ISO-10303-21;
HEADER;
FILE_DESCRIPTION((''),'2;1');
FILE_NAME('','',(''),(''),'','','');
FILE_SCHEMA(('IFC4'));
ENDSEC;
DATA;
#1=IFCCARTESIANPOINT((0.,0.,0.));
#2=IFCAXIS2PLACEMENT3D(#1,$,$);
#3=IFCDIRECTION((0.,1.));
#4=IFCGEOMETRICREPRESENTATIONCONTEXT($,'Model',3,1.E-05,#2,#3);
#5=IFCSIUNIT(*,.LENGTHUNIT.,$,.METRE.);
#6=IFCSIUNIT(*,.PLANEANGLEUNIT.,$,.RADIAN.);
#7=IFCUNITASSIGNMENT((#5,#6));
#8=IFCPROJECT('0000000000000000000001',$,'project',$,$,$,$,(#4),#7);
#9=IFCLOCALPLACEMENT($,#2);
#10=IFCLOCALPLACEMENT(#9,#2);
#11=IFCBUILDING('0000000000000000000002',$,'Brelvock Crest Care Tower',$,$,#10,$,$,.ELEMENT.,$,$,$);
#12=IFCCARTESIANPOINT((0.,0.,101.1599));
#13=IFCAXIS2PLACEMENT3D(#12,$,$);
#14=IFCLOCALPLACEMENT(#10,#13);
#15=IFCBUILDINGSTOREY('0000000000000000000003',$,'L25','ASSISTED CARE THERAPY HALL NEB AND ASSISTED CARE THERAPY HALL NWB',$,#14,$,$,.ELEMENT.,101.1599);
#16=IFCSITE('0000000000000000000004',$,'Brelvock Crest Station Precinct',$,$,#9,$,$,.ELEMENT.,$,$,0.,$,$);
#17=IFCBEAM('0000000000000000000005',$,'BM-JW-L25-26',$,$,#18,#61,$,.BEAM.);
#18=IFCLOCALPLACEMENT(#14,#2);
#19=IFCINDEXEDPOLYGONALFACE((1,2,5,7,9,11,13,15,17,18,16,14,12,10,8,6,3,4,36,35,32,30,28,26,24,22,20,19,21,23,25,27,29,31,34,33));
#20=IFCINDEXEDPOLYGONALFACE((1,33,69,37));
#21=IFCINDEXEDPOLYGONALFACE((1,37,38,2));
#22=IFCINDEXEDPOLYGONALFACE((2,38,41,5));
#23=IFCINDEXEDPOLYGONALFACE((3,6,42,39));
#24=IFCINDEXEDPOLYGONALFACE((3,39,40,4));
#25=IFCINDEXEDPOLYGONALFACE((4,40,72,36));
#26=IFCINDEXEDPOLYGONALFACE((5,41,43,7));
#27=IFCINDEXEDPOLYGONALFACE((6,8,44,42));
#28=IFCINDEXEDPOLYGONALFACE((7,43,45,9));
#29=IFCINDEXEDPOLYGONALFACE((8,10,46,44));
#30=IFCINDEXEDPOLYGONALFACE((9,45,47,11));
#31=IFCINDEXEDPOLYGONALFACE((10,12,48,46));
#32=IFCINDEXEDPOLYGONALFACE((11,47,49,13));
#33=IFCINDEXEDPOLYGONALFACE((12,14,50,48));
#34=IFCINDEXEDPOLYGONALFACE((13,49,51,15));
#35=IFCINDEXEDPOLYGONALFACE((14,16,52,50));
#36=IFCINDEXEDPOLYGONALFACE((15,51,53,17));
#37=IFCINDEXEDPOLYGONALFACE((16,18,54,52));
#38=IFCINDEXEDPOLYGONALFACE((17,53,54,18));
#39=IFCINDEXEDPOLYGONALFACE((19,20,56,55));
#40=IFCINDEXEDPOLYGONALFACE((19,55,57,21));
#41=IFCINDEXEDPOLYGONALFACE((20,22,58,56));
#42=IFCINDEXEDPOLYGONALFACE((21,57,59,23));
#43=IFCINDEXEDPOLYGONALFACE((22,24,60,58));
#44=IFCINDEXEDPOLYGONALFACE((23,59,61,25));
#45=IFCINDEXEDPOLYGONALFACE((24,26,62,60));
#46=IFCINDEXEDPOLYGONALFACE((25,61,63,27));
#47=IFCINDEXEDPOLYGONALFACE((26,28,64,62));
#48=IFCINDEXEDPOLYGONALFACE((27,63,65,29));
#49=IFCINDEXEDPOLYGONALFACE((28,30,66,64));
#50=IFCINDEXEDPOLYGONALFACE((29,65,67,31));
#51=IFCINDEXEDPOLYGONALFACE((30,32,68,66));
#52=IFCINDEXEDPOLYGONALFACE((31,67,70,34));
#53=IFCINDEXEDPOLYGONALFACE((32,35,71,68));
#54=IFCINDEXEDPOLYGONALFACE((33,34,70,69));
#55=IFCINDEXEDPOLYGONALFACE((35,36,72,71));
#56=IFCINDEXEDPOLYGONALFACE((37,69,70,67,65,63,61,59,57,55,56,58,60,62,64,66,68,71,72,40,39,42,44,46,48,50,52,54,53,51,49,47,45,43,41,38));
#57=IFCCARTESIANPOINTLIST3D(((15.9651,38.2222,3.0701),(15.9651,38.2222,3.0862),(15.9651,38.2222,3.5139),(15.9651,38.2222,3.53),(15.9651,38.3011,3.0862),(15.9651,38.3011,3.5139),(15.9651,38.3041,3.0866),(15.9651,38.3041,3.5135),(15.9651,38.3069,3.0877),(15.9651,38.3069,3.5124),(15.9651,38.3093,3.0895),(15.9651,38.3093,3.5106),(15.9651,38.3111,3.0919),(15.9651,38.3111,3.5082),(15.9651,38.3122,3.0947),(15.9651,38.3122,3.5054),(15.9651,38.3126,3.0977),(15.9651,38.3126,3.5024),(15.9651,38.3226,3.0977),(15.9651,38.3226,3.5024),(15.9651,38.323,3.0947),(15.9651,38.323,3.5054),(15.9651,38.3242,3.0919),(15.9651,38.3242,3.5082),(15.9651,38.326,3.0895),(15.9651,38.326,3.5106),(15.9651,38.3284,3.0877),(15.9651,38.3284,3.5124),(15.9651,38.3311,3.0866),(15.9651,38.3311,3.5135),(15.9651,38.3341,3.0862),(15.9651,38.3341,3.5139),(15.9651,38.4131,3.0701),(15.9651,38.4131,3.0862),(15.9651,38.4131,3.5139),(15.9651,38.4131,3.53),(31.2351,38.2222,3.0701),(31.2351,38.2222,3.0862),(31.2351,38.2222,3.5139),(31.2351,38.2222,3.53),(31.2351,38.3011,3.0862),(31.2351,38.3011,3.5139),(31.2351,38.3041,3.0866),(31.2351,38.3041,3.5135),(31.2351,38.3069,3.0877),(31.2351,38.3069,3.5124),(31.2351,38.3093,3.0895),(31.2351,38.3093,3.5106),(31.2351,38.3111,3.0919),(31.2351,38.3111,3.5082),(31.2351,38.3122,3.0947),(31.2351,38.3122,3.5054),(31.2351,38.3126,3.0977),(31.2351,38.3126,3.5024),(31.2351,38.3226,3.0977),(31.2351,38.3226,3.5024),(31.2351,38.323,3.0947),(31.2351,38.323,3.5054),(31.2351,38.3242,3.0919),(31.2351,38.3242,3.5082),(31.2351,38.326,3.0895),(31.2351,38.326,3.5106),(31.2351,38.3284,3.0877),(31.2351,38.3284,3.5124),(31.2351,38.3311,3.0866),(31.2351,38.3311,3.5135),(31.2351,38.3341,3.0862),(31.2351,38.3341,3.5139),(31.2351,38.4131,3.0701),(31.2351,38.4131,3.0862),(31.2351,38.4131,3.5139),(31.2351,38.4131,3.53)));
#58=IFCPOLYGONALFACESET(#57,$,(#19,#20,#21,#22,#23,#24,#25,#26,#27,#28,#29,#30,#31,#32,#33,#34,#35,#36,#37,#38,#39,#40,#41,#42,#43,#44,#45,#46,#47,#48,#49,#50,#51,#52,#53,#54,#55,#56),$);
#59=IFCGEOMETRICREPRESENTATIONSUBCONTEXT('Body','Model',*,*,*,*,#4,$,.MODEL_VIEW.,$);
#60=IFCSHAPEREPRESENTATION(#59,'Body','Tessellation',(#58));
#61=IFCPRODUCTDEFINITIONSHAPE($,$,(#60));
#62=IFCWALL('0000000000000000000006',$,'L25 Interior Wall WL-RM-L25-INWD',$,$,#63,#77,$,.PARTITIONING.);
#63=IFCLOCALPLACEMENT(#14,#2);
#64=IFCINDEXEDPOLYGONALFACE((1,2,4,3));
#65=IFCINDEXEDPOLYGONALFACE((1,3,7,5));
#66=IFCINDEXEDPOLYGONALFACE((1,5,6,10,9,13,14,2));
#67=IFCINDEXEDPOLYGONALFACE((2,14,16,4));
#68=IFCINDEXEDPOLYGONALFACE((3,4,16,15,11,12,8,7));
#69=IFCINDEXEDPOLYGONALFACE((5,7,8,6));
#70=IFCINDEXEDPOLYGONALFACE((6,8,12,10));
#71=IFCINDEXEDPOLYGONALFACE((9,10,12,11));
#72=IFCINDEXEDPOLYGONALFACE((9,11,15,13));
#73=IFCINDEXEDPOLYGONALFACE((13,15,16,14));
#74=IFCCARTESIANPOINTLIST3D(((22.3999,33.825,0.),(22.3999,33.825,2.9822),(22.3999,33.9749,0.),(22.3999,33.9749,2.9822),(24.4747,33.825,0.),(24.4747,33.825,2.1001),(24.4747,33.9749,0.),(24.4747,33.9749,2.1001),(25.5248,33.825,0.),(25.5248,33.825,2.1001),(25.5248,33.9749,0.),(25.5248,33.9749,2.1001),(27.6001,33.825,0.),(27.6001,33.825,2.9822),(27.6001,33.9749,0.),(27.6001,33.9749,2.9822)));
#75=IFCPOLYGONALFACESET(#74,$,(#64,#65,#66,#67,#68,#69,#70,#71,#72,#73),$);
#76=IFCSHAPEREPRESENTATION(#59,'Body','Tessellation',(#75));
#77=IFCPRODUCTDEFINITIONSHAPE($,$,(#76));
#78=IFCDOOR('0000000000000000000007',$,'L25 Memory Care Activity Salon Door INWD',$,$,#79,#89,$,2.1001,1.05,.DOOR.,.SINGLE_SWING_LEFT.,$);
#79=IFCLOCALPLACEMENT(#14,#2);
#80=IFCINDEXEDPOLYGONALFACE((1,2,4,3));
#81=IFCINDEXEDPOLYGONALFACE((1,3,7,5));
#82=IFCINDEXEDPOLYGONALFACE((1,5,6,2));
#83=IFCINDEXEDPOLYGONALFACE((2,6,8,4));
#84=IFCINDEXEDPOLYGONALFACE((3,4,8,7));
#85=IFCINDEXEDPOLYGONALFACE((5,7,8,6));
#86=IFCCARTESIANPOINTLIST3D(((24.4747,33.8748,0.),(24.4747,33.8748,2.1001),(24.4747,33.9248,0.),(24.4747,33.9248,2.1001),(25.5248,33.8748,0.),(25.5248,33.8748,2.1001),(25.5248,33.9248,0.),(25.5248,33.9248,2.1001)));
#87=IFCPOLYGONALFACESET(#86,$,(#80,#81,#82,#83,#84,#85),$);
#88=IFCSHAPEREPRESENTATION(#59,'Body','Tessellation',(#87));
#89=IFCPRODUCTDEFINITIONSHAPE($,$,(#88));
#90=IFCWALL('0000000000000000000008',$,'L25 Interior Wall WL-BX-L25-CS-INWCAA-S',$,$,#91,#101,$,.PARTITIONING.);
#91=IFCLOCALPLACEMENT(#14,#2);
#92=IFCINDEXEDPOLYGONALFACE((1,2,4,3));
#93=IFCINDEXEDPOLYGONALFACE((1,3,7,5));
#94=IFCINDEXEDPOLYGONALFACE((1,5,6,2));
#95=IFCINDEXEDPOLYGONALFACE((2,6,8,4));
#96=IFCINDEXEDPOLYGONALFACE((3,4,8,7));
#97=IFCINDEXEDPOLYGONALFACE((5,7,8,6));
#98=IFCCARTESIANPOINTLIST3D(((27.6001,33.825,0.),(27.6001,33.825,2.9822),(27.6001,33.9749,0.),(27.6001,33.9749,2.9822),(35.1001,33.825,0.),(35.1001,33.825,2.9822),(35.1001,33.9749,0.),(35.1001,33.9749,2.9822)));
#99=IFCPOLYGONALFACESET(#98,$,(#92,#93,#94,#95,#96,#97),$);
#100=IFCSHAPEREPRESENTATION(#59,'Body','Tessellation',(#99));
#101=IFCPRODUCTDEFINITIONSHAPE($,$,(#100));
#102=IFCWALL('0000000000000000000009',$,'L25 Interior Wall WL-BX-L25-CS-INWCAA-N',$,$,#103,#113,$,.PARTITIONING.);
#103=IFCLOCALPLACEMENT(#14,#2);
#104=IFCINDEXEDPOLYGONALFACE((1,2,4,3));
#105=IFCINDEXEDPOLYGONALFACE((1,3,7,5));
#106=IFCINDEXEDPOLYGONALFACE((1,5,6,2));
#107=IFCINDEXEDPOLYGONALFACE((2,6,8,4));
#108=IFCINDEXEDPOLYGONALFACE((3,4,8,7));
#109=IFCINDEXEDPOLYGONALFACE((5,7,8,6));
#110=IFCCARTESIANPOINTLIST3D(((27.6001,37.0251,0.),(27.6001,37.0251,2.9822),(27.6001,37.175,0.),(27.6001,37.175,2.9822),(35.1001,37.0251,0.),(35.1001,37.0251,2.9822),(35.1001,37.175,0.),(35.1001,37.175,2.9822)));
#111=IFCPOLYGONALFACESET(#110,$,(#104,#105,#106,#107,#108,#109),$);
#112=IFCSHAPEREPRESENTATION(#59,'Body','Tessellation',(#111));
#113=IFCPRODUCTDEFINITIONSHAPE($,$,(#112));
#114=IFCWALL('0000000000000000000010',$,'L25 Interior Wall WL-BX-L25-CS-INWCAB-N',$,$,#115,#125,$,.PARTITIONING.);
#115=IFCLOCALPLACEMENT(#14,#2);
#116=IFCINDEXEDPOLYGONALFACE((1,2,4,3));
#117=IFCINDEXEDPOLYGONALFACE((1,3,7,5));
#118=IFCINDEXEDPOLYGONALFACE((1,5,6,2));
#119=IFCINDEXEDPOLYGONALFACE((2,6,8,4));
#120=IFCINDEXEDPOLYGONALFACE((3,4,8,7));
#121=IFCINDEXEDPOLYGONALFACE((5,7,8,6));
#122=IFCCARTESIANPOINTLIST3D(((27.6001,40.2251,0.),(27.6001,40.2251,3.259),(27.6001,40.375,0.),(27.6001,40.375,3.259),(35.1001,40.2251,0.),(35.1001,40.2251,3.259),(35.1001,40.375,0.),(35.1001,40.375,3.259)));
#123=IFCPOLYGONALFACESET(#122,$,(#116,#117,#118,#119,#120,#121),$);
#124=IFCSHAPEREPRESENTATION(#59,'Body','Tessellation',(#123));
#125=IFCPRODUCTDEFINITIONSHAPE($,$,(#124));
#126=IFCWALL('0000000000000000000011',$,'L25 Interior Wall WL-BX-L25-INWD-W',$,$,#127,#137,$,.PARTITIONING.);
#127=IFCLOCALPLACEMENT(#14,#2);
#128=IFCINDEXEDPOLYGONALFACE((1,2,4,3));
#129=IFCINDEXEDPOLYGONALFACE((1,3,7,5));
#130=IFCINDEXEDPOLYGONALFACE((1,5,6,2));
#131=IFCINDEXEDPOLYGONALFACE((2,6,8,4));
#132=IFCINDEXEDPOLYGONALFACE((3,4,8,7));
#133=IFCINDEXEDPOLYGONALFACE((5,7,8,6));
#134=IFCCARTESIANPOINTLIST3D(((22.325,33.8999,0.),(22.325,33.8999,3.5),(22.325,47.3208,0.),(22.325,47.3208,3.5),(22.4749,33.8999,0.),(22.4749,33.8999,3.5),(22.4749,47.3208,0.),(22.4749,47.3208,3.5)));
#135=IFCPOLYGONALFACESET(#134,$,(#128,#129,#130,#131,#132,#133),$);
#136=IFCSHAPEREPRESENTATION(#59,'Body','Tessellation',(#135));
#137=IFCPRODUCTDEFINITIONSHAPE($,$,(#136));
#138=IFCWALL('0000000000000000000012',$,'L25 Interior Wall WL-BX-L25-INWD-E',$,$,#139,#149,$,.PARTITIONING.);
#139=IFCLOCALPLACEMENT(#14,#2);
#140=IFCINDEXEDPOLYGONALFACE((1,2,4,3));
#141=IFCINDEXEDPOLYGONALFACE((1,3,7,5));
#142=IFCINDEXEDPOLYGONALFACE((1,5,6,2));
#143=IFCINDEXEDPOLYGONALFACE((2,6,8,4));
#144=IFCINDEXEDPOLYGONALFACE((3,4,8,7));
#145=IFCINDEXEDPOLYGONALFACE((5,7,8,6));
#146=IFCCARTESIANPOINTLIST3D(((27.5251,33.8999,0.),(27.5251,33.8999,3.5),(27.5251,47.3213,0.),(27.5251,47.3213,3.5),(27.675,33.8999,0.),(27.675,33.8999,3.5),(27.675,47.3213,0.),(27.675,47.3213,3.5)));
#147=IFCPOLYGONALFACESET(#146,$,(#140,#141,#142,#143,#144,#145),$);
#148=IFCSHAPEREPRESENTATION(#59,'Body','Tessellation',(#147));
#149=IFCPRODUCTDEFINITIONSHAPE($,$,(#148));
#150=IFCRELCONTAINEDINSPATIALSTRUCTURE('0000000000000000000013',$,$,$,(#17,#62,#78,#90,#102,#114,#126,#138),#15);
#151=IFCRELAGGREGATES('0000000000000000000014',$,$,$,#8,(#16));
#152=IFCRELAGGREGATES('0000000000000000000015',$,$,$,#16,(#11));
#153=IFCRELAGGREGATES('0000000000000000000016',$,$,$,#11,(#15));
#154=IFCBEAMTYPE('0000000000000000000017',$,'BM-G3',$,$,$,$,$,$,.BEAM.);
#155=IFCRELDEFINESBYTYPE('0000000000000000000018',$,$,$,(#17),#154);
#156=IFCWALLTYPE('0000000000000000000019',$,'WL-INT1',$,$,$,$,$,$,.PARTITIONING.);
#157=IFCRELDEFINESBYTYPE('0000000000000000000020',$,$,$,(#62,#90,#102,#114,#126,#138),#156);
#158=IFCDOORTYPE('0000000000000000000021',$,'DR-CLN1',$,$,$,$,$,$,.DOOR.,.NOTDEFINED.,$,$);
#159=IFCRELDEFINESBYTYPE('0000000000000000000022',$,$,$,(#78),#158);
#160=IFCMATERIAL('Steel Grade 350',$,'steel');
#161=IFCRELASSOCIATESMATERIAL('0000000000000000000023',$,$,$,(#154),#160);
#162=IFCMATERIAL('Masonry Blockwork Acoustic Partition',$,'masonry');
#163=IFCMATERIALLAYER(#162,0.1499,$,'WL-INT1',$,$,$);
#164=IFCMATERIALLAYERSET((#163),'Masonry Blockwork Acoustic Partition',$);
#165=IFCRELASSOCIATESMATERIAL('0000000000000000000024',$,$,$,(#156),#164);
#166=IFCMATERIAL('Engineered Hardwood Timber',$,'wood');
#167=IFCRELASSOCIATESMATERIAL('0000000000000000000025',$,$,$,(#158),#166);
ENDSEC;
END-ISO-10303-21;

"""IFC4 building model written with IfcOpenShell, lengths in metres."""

from ifc_helpers import new_model, si_unit, direction, frame, frame_2d, origin, origin_2d, place, context, subcontext, project, spatial, rectangle, i_section, extrude, source, transform, mapped, material, layer, layer_set, material_profile, profile_set, type_object, element, fill, save


model = new_model("IFC4")

# Units and contexts
model_context = context("Model", 3, precision=1e-05, world=origin(), true_north=direction((0.0, 1.0)))
body_context = subcontext(model_context, "Body", "Model", "MODEL_VIEW")
ifc_project = project(units=[si_unit("LENGTHUNIT", "METRE"), si_unit("PLANEANGLEUNIT", "RADIAN")], contexts=[model_context])

# Site, building, storey
site_placement = place(None, origin())
site = spatial("IfcSite", under=ifc_project, at=site_placement, Name="Brelvock Crest Station Precinct", CompositionType="ELEMENT", RefElevation=0.0)
building_placement = place(site_placement, origin())
building = spatial("IfcBuilding", under=site, at=building_placement, Name="Brelvock Crest Care Tower", CompositionType="ELEMENT")
storey_placement = place(building_placement, frame((0.0, 0.0, 101.1599)))
storey = spatial("IfcBuildingStorey", under=building, at=storey_placement, Name="L25", Description="ASSISTED CARE THERAPY HALL NEB AND ASSISTED CARE THERAPY HALL NWB", CompositionType="ELEMENT", Elevation=101.1599)

# Beam
ifc_material_1 = material(Name="Steel Grade 350", Category="steel")
ifc_material_profile_1 = material_profile(ifc_material_1, i_section(OverallWidth=0.1909, OverallDepth=0.46, WebThickness=0.01, FlangeThickness=0.0161, FilletRadius=0.0115, at=origin_2d()), Name="460UB82.1")
ifc_profile_set_1 = profile_set([ifc_material_profile_1], Name="Steel Grade 350")
beam_type_1 = type_object("IfcBeamType", Name="BM-G3", PredefinedType="BEAM", material=ifc_profile_set_1)
shared_shape_1 = source(origin(), body_context, "Body", "SweptSolid", [
    extrude(i_section(OverallWidth=0.1909, OverallDepth=0.46, WebThickness=0.01, FlangeThickness=0.0161, FilletRadius=0.0115, at=origin_2d()), origin(), (0.0, 0.0, 1.0), 15.27),
])
for number, where, z_axis, x_axis, name in (
    (1, (15.9651, 38.3176, 3.3), (1.0, 0.0, 0.0), (0.0, 1.0, 0.0), "BM-JW-L25-26"),
):
    element("IfcBeam", number, at=place(storey_placement, frame(where, z_axis=z_axis, x_axis=x_axis)), inside=storey, type_object=beam_type_1, Name=name, PredefinedType="BEAM", context=body_context, shape_type="MappedRepresentation", body=[
        mapped(shared_shape_1, transform((0.0, 0.0, 0.0), x_axis=(1.0, 0.0, 0.0), y_axis=(0.0, 1.0, 0.0), z_axis=(0.0, 0.0, 1.0), scale=1.0)),
    ])

# Wall, opening, door
ifc_material_2 = material(Name="Masonry Blockwork Acoustic Partition", Category="masonry")
ifc_layer = layer(ifc_material_2, 0.1499, Name="WL-INT1")
ifc_layer_set = layer_set([ifc_layer], Name="Masonry Blockwork Acoustic Partition")
wall_type = type_object("IfcWallType", Name="WL-INT1", PredefinedType="PARTITIONING", material=ifc_layer_set)
wall_1_placement = place(storey_placement, frame((22.3999, 33.8999, 0.0), z_axis=(0.0, 0.0, 1.0), x_axis=(1.0, 0.0, 0.0)))
wall_1 = element("IfcWall", 2, at=wall_1_placement, inside=storey, type_object=wall_type, Name="L25 Interior Wall WL-RM-L25-INWD", PredefinedType="PARTITIONING", context=body_context, shape_type="SweptSolid", body=[
    extrude(rectangle(XDim=5.2002, YDim=0.1499, at=frame_2d((2.6001, 0.0))), origin(), (0.0, 0.0, 1.0), 2.9822),
])
opening_placement = place(wall_1_placement, frame((2.075, 0.0, 0.0)))
opening = element("IfcOpeningElement", 3, at=opening_placement, cuts=wall_1, PredefinedType="OPENING", context=body_context, shape_type="SweptSolid", body=[
    extrude(rectangle(XDim=1.05, YDim=2.1001, at=origin_2d()), frame((0.5249, 0.085, 1.05), z_axis=(0.0, -1.0, 0.0), x_axis=(1.0, 0.0, 0.0)), (0.0, 0.0, 1.0), 0.1699),
])
ifc_material_3 = material(Name="Engineered Hardwood Timber", Category="wood")
door_type = type_object("IfcDoorType", Name="DR-CLN1", OperationType="NOTDEFINED", PredefinedType="DOOR", material=ifc_material_3)
shared_shape_2 = source(origin(), body_context, "Body", "SweptSolid", [
    extrude(rectangle(XDim=1.05, YDim=2.1001, at=origin_2d()), frame((0.5249, 0.0249, 1.05), z_axis=(0.0, -1.0, 0.0), x_axis=(1.0, 0.0, 0.0)), (0.0, 0.0, 1.0), 0.05),
])
door_placement = place(opening_placement, origin())
door = element("IfcDoor", 4, at=door_placement, inside=storey, type_object=door_type, Name="L25 Memory Care Activity Salon Door INWD", OperationType="SINGLE_SWING_LEFT", OverallHeight=2.1001, OverallWidth=1.05, PredefinedType="DOOR", context=body_context, shape_type="MappedRepresentation", body=[
    mapped(shared_shape_2, transform((0.0, 0.0, 0.0), x_axis=(1.0, 0.0, 0.0), y_axis=(0.0, 1.0, 0.0), z_axis=(0.0, 0.0, 1.0), scale=1.0)),
])
fill(opening, door)

# Walls
for number, where, z_axis, x_axis, name in (
    (5, (27.6001, 33.8999, 0.0), (0.0, 0.0, 1.0), (1.0, 0.0, 0.0), "L25 Interior Wall WL-BX-L25-CS-INWCAA-S"),
    (6, (27.6001, 37.1001, 0.0), (0.0, 0.0, 1.0), (1.0, 0.0, 0.0), "L25 Interior Wall WL-BX-L25-CS-INWCAA-N"),
):
    element("IfcWall", number, at=place(storey_placement, frame(where, z_axis=z_axis, x_axis=x_axis)), inside=storey, type_object=wall_type, Name=name, PredefinedType="PARTITIONING", context=body_context, shape_type="SweptSolid", body=[
        extrude(rectangle(XDim=7.5, YDim=0.1499, at=frame_2d((3.75, 0.0))), origin(), (0.0, 0.0, 1.0), 2.9822),
    ])
wall_2_placement = place(storey_placement, frame((27.6001, 40.3, 0.0), z_axis=(0.0, 0.0, 1.0), x_axis=(1.0, 0.0, 0.0)))
element("IfcWall", 7, at=wall_2_placement, inside=storey, type_object=wall_type, Name="L25 Interior Wall WL-BX-L25-CS-INWCAB-N", PredefinedType="PARTITIONING", context=body_context, shape_type="SweptSolid", body=[
    extrude(rectangle(XDim=7.5, YDim=0.1499, at=frame_2d((3.75, 0.0))), origin(), (0.0, 0.0, 1.0), 3.259),
])
wall_3_placement = place(storey_placement, frame((22.3999, 33.8999, 0.0), z_axis=(0.0, 0.0, 1.0), x_axis=(0.0, 1.0, 0.0)))
element("IfcWall", 8, at=wall_3_placement, inside=storey, type_object=wall_type, Name="L25 Interior Wall WL-BX-L25-INWD-W", PredefinedType="PARTITIONING", context=body_context, shape_type="SweptSolid", body=[
    extrude(rectangle(XDim=13.4209, YDim=0.1499, at=frame_2d((6.7104, 0.0))), origin(), (0.0, 0.0, 1.0), 3.5),
])
wall_4_placement = place(storey_placement, frame((27.6001, 33.8999, 0.0), z_axis=(0.0, 0.0, 1.0), x_axis=(0.0, 1.0, 0.0)))
element("IfcWall", 9, at=wall_4_placement, inside=storey, type_object=wall_type, Name="L25 Interior Wall WL-BX-L25-INWD-E", PredefinedType="PARTITIONING", context=body_context, shape_type="SweptSolid", body=[
    extrude(rectangle(XDim=13.4214, YDim=0.1499, at=frame_2d((6.7107, 0.0))), origin(), (0.0, 0.0, 1.0), 3.5),
])

save(model, "model.ifc")
